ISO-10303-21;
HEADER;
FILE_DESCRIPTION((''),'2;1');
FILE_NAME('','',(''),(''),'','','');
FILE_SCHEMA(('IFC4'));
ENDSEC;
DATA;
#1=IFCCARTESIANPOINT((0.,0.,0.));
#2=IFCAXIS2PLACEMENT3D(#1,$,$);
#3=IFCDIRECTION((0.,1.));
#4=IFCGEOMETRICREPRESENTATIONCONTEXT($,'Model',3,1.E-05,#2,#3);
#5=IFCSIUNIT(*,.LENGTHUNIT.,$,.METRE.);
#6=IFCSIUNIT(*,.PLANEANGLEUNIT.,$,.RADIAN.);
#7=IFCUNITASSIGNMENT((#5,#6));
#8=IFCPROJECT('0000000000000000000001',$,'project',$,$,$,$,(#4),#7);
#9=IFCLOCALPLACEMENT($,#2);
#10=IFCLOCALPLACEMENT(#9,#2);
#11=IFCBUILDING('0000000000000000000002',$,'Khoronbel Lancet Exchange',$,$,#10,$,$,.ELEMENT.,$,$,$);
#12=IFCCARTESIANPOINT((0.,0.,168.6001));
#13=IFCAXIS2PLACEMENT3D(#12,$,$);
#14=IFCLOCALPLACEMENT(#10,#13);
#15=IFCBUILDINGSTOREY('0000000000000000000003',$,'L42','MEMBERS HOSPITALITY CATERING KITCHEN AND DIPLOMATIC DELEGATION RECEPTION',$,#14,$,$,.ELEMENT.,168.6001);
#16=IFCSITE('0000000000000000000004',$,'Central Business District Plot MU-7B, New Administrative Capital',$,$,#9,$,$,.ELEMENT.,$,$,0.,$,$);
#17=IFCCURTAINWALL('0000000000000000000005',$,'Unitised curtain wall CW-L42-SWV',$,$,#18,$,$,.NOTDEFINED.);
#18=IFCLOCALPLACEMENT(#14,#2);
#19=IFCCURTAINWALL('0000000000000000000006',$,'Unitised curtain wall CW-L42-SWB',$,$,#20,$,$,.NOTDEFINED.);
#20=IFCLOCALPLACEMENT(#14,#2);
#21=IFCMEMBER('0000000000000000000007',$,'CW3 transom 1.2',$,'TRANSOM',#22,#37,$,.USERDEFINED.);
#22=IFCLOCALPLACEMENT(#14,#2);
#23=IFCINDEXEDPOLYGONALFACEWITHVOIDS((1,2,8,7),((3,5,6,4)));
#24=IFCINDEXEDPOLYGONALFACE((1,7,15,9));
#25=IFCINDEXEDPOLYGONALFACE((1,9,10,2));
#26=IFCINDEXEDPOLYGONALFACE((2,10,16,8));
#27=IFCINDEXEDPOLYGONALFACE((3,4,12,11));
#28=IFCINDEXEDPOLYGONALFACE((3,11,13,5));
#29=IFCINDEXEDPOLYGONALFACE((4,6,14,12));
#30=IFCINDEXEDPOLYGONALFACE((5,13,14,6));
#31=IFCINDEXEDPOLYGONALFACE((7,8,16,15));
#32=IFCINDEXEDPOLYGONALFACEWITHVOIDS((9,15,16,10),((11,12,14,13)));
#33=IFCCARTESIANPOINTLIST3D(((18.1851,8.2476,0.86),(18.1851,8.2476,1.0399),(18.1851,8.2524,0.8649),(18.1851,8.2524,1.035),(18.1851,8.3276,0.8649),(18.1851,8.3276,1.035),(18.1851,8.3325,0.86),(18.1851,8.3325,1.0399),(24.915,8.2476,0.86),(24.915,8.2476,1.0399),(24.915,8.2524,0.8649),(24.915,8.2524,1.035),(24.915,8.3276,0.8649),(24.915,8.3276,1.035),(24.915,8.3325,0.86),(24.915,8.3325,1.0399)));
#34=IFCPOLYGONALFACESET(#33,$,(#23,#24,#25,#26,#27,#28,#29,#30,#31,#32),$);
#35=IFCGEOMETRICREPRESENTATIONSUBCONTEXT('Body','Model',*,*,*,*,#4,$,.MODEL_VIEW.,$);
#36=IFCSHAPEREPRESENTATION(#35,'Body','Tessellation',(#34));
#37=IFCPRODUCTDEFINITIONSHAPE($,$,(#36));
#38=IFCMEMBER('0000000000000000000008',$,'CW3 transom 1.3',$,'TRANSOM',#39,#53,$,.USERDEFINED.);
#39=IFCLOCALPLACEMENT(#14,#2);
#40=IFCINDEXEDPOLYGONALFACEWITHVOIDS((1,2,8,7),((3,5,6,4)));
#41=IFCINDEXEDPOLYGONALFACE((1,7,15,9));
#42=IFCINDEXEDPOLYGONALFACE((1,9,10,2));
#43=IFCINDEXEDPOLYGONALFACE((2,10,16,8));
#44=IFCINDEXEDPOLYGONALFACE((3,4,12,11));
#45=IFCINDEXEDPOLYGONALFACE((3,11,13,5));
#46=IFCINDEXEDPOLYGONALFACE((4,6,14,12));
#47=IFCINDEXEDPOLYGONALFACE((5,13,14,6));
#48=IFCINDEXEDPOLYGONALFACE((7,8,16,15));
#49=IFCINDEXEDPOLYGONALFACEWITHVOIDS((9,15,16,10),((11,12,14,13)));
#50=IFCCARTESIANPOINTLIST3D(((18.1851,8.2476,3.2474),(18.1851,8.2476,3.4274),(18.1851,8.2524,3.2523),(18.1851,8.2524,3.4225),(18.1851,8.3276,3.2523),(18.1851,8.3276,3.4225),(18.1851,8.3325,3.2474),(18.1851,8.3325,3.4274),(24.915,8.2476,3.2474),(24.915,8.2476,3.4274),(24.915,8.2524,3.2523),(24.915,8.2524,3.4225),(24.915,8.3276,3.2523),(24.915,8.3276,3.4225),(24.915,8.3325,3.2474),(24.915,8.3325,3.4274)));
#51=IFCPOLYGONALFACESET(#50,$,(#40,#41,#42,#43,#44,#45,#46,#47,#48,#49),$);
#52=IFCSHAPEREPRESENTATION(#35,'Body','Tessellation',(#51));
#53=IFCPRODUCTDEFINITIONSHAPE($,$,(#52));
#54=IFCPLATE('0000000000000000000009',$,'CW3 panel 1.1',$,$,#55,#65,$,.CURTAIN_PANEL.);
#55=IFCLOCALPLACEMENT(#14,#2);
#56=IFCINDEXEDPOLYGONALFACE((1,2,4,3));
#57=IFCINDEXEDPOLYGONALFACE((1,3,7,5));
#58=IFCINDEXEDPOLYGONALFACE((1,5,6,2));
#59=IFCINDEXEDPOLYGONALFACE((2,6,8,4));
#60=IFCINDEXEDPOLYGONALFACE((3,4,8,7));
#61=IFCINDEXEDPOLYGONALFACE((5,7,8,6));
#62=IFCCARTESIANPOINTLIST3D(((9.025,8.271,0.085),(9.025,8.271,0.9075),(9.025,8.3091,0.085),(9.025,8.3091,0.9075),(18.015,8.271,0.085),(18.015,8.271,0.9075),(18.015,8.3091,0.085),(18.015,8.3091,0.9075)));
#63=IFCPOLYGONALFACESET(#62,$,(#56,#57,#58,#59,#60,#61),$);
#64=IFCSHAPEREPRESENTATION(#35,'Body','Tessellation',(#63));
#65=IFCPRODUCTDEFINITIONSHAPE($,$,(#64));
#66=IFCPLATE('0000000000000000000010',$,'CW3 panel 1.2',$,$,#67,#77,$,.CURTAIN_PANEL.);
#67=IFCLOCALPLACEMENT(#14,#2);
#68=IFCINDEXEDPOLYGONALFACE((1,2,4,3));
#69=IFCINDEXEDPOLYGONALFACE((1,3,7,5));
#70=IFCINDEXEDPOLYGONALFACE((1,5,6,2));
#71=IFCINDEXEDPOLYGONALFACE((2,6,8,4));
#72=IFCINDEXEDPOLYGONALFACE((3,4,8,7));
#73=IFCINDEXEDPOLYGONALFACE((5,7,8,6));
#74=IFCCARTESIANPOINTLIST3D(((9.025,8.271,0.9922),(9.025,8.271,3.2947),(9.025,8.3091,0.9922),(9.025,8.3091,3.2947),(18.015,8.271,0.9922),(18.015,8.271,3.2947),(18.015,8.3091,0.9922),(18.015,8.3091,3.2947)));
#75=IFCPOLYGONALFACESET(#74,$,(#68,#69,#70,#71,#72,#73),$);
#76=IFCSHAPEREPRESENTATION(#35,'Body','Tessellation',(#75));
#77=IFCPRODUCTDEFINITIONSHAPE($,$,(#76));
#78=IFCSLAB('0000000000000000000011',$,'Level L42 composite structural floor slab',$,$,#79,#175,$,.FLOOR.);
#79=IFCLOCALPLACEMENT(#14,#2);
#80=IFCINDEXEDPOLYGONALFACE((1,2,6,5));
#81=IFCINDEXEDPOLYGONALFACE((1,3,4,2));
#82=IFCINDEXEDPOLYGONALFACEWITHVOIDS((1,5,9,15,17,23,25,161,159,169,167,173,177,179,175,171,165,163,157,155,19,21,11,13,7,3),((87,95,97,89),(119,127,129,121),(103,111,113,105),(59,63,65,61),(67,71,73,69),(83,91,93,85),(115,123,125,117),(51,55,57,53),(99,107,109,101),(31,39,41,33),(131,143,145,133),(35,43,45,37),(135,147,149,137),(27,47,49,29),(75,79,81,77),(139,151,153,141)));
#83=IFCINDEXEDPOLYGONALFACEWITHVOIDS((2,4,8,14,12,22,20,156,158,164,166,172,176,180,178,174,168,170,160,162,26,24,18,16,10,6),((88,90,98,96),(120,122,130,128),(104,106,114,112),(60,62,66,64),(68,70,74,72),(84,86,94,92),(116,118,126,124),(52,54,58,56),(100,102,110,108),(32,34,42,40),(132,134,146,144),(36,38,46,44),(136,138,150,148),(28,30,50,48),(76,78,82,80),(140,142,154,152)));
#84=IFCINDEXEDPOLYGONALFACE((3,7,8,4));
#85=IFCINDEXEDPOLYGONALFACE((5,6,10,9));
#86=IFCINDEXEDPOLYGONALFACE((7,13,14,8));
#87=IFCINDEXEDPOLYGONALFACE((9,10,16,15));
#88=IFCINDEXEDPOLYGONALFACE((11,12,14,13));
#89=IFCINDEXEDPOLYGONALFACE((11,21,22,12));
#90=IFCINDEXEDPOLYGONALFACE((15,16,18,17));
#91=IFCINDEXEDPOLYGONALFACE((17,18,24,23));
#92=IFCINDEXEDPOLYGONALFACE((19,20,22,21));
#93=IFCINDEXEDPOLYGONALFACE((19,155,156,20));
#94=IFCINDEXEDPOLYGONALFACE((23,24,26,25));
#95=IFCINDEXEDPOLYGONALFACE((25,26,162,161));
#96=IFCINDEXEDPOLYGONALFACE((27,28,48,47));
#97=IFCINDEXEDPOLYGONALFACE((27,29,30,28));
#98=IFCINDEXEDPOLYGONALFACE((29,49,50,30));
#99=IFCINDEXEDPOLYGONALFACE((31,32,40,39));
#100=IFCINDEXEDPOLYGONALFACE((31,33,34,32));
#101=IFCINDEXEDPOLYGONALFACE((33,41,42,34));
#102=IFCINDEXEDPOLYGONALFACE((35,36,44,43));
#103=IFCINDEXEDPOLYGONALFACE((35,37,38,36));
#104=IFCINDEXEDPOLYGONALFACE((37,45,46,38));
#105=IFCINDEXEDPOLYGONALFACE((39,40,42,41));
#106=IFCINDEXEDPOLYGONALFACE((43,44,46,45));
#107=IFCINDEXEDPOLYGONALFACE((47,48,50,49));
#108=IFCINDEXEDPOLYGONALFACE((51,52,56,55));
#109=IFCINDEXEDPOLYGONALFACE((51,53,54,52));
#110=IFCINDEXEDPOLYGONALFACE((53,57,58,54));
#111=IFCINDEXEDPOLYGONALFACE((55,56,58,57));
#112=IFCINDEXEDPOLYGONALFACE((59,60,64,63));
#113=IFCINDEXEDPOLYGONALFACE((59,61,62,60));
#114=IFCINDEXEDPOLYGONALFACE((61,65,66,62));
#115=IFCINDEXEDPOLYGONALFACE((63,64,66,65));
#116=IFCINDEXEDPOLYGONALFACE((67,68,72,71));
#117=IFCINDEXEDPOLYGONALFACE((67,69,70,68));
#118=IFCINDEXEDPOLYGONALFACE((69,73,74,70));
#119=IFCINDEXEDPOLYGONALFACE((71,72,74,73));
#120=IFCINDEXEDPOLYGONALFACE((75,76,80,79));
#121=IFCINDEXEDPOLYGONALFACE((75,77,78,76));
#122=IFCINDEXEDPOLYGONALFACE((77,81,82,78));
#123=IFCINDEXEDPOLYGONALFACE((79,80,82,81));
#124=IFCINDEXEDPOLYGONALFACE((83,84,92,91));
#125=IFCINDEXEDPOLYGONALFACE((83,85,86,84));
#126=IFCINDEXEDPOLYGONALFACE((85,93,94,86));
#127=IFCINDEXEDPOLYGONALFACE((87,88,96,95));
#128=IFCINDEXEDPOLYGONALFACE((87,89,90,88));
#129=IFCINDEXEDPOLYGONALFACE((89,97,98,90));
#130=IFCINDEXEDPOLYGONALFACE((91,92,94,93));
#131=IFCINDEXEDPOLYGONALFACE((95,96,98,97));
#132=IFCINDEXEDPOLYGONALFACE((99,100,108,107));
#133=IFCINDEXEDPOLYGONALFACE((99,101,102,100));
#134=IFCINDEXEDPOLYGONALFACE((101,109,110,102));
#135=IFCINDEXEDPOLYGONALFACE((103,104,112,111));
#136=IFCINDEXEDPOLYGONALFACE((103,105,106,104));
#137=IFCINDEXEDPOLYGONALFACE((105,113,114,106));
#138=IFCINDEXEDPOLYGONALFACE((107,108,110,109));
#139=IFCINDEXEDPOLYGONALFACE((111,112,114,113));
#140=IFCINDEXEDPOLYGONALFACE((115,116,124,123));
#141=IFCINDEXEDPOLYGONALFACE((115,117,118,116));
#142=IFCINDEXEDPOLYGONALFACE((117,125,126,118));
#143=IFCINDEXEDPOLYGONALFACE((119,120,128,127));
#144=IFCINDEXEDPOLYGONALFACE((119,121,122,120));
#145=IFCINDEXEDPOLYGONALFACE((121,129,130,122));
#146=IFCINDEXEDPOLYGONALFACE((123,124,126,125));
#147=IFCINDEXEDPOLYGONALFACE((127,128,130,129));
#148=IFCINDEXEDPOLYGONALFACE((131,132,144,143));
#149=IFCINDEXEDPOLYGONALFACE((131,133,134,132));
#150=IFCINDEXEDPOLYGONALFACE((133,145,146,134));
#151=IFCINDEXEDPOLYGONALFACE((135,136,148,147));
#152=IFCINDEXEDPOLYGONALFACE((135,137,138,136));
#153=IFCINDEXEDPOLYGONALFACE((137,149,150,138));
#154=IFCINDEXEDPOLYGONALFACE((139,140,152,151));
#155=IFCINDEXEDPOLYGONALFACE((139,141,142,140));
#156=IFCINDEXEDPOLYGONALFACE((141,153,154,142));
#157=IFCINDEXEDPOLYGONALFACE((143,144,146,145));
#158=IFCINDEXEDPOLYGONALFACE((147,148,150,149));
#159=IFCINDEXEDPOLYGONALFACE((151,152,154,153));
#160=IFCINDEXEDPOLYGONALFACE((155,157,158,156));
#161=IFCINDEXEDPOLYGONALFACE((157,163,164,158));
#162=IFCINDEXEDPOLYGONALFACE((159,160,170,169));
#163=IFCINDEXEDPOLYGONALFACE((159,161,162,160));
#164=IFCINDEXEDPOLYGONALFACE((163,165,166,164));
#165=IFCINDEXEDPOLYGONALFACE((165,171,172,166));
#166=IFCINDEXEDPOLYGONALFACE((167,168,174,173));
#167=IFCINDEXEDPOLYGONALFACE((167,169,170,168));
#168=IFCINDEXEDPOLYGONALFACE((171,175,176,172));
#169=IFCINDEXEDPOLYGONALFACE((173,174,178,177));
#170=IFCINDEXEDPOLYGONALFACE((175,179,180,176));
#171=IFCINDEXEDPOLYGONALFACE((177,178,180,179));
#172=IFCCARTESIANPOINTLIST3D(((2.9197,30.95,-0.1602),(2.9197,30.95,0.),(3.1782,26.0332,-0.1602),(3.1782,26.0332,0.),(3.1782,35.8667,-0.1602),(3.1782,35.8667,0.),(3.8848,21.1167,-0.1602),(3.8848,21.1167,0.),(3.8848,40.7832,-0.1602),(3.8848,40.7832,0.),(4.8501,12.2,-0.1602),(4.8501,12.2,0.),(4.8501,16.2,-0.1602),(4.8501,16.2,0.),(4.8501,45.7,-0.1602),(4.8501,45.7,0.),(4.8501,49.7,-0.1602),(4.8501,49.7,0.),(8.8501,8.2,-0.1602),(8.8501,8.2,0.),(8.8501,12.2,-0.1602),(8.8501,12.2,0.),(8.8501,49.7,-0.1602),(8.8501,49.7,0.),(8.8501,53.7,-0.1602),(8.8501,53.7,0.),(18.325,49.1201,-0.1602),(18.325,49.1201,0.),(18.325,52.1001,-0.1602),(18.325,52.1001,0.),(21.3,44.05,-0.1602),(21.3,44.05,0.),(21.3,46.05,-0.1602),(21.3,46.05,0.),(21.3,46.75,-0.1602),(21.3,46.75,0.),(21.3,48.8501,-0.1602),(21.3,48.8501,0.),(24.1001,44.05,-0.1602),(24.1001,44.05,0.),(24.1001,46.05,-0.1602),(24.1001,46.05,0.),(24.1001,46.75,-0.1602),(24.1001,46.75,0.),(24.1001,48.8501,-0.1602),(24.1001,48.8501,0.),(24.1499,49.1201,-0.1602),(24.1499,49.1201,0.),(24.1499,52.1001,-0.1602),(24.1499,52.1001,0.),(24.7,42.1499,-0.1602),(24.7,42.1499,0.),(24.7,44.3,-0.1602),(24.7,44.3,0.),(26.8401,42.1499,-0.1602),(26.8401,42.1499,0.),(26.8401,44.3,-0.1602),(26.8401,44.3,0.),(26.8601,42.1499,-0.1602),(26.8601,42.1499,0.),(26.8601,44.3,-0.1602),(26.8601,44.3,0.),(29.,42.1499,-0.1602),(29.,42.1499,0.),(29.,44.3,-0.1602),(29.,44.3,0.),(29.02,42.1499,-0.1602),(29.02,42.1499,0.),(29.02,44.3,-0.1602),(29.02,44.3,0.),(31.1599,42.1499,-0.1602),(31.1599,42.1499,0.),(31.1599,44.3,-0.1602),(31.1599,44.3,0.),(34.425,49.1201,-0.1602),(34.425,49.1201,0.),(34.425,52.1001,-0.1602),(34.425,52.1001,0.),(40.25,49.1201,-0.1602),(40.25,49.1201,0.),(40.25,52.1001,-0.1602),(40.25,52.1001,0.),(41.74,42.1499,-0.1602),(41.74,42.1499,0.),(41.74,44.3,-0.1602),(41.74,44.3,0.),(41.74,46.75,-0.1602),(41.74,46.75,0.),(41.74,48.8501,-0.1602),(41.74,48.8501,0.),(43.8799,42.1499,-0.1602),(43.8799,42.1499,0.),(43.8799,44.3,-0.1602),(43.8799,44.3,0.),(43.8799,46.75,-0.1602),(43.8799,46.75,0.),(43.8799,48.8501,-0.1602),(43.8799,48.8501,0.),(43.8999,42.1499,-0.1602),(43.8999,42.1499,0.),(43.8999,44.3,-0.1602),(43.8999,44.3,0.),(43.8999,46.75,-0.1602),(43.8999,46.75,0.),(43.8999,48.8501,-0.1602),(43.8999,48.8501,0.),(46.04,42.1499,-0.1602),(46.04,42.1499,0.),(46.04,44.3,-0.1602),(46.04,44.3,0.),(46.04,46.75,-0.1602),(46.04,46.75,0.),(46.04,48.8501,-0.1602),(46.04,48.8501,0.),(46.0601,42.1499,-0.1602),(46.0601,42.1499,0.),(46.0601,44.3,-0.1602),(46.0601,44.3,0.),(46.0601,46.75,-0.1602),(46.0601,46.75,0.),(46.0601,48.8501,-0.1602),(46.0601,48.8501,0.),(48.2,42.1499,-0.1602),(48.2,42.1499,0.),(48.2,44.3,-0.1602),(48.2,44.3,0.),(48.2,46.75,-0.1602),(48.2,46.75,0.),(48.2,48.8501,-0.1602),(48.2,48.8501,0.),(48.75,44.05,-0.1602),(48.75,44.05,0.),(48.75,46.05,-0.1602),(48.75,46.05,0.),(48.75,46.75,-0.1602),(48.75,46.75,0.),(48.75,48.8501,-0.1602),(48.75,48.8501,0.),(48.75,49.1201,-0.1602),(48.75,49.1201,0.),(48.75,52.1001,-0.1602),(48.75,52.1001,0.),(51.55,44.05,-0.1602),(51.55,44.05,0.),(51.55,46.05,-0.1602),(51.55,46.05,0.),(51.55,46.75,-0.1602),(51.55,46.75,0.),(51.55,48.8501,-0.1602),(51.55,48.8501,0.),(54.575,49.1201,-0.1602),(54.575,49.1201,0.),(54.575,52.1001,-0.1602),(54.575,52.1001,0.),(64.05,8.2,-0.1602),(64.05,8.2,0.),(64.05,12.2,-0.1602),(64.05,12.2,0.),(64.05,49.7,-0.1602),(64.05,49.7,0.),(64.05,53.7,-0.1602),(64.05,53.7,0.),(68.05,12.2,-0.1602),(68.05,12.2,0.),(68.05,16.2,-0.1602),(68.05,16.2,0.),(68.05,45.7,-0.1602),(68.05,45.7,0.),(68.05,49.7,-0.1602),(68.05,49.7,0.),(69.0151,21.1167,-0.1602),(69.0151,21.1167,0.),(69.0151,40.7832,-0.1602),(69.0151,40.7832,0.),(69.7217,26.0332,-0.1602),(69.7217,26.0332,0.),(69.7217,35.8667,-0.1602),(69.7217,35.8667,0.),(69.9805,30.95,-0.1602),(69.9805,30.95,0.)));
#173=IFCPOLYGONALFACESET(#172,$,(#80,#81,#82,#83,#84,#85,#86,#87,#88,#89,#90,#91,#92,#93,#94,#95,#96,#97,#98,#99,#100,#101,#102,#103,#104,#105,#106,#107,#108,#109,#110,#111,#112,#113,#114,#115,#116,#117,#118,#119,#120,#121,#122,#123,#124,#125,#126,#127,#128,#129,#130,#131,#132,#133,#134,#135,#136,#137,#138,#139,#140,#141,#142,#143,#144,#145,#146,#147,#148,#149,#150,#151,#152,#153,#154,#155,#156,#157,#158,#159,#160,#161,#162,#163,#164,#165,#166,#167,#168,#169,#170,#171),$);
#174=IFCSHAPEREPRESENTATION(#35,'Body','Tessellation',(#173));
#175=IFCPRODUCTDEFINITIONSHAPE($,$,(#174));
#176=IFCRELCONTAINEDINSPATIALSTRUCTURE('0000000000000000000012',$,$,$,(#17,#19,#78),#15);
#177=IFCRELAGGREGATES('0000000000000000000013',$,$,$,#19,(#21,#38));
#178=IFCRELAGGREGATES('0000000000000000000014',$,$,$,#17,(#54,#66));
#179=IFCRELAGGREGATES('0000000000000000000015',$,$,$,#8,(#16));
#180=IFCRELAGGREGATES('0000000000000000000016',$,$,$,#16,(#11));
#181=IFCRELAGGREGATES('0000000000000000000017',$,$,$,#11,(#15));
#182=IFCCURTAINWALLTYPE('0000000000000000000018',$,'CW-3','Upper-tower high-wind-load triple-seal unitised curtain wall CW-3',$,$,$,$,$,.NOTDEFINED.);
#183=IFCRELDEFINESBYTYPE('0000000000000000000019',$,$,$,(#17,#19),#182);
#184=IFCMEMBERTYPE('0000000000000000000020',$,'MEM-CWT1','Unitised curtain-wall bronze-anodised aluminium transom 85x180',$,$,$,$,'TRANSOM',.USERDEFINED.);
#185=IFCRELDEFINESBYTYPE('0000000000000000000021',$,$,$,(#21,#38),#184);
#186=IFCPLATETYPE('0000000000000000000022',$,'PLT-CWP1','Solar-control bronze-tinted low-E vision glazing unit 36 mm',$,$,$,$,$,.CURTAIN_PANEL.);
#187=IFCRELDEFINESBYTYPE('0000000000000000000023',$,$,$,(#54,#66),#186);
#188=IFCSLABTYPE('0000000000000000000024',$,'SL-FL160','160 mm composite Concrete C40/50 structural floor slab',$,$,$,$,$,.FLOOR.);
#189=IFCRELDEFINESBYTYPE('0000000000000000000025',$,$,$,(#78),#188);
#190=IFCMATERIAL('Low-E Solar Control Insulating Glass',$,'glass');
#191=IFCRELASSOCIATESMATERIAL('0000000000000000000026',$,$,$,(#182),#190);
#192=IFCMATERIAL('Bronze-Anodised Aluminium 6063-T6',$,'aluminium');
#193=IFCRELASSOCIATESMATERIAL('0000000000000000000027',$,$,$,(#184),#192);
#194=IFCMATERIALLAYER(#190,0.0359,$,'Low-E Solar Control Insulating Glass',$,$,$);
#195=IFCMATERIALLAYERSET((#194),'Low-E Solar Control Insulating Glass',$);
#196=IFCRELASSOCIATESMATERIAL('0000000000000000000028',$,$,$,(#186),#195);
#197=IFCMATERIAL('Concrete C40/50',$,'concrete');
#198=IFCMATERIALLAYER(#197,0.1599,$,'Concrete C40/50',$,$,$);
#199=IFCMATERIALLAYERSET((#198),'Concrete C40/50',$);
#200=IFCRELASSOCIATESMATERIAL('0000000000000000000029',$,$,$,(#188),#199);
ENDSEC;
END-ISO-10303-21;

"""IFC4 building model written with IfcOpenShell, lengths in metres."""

from ifc_helpers import new_model, si_unit, direction, frame, origin, origin_2d, place, context, subcontext, project, spatial, polyline, rectangle, hollow_rectangle, outline, extrude, material, layer, layer_set, material_profile, profile_set, type_object, element, aggregate, save


model = new_model("IFC4")

# Units and contexts
model_context = context("Model", 3, precision=1e-05, world=origin(), true_north=direction((0.0, 1.0)))
body_context = subcontext(model_context, "Body", "Model", "MODEL_VIEW")
ifc_project = project(units=[si_unit("LENGTHUNIT", "METRE"), si_unit("PLANEANGLEUNIT", "RADIAN")], contexts=[model_context])

# Site, building, storey
site_placement = place(None, origin())
site = spatial("IfcSite", under=ifc_project, at=site_placement, Name="Central Business District Plot MU-7B, New Administrative Capital", CompositionType="ELEMENT", RefElevation=0.0)
building_placement = place(site_placement, origin())
building = spatial("IfcBuilding", under=site, at=building_placement, Name="Khoronbel Lancet Exchange", CompositionType="ELEMENT")
storey_placement = place(building_placement, frame((0.0, 0.0, 168.6001)))
storey = spatial("IfcBuildingStorey", under=building, at=storey_placement, Name="L42", Description="MEMBERS HOSPITALITY CATERING KITCHEN AND DIPLOMATIC DELEGATION RECEPTION", CompositionType="ELEMENT", Elevation=168.6001)

# Curtain wall
ifc_material_1 = material(Name="Low-E Solar Control Insulating Glass", Category="glass")
curtain_wall_type = type_object("IfcCurtainWallType", Name="CW-3", Description="Upper-tower high-wind-load triple-seal unitised curtain wall CW-3", PredefinedType="NOTDEFINED", material=ifc_material_1)
curtain_wall_1_placement = place(storey_placement, origin())
curtain_wall_1 = element("IfcCurtainWall", 1, at=curtain_wall_1_placement, inside=storey, type_object=curtain_wall_type, Name="Unitised curtain wall CW-L42-SWV", PredefinedType="NOTDEFINED")
ifc_material_2 = material(Name="Bronze-Anodised Aluminium 6063-T6", Category="aluminium")

# Curtain wall
curtain_wall_2_placement = place(storey_placement, origin())
curtain_wall_2 = element("IfcCurtainWall", 2, at=curtain_wall_2_placement, inside=storey, type_object=curtain_wall_type, Name="Unitised curtain wall CW-L42-SWB", PredefinedType="NOTDEFINED")

# Members
ifc_material_profile_1 = material_profile(ifc_material_2, hollow_rectangle(XDim=0.085, YDim=0.1799, WallThickness=0.0049, at=origin_2d()), Name="ALU TRANSOM 85x180")
ifc_profile_set_1 = profile_set([ifc_material_profile_1], Name="Bronze-Anodised Aluminium 6063-T6")
member_type_1 = type_object("IfcMemberType", Name="MEM-CWT1", Description="Unitised curtain-wall bronze-anodised aluminium transom 85x180", ElementType="TRANSOM", PredefinedType="USERDEFINED", material=ifc_profile_set_1)
member_1_placement = place(storey_placement, frame((18.1851, 8.29, 0.95), z_axis=(1.0, 0.0, 0.0), x_axis=(0.0, 1.0, 0.0)))
member_1 = element("IfcMember", 3, at=member_1_placement, type_object=member_type_1, Name="CW3 transom 1.2", ObjectType="TRANSOM", PredefinedType="USERDEFINED", context=body_context, shape_type="SweptSolid", body=[
    extrude(hollow_rectangle(XDim=0.085, YDim=0.1799, WallThickness=0.0049, at=origin_2d()), origin(), (0.0, 0.0, 1.0), 6.73),
])
member_2_placement = place(storey_placement, frame((18.1851, 8.29, 3.3374), z_axis=(1.0, 0.0, 0.0), x_axis=(0.0, 1.0, 0.0)))
member_2 = element("IfcMember", 4, at=member_2_placement, type_object=member_type_1, Name="CW3 transom 1.3", ObjectType="TRANSOM", PredefinedType="USERDEFINED", context=body_context, shape_type="SweptSolid", body=[
    extrude(hollow_rectangle(XDim=0.085, YDim=0.1799, WallThickness=0.0049, at=origin_2d()), origin(), (0.0, 0.0, 1.0), 6.73),
])
aggregate(curtain_wall_2, [member_1, member_2])

# Plates
ifc_layer_1 = layer(ifc_material_1, 0.0359, Name="Low-E Solar Control Insulating Glass")
ifc_layer_set_1 = layer_set([ifc_layer_1], Name="Low-E Solar Control Insulating Glass")
plate_type = type_object("IfcPlateType", Name="PLT-CWP1", Description="Solar-control bronze-tinted low-E vision glazing unit 36 mm", PredefinedType="CURTAIN_PANEL", material=ifc_layer_set_1)
plate_1_placement = place(storey_placement, frame((13.52, 8.29, 0.085), z_axis=(0.0, 0.0, 1.0), x_axis=(1.0, 0.0, 0.0)))
plate_1 = element("IfcPlate", 5, at=plate_1_placement, type_object=plate_type, Name="CW3 panel 1.1", PredefinedType="CURTAIN_PANEL", context=body_context, shape_type="SweptSolid", body=[
    extrude(rectangle(XDim=8.99, YDim=0.0381, at=origin_2d()), origin(), (0.0, 0.0, 1.0), 0.8225),
])
plate_2_placement = place(storey_placement, frame((13.52, 8.29, 0.9922), z_axis=(0.0, 0.0, 1.0), x_axis=(1.0, 0.0, 0.0)))
plate_2 = element("IfcPlate", 6, at=plate_2_placement, type_object=plate_type, Name="CW3 panel 1.2", PredefinedType="CURTAIN_PANEL", context=body_context, shape_type="SweptSolid", body=[
    extrude(rectangle(XDim=8.99, YDim=0.0381, at=origin_2d()), origin(), (0.0, 0.0, 1.0), 2.3025),
])
aggregate(curtain_wall_1, [plate_1, plate_2])

# Slab
ifc_material_3 = material(Name="Concrete C40/50", Category="concrete")
ifc_layer_2 = layer(ifc_material_3, 0.1599, Name="Concrete C40/50")
ifc_layer_set_2 = layer_set([ifc_layer_2], Name="Concrete C40/50")
slab_type_1 = type_object("IfcSlabType", Name="SL-FL160", Description="160 mm composite Concrete C40/50 structural floor slab", PredefinedType="FLOOR", material=ifc_layer_set_2)
slab_1_placement = place(storey_placement, frame((0.0, 0.0, -0.1602)))
element("IfcSlab", 7, at=slab_1_placement, inside=storey, type_object=slab_type_1, Name="Level L42 composite structural floor slab", PredefinedType="FLOOR", context=body_context, shape_type="SweptSolid", body=[
    extrude(outline(polyline([(8.8501, 8.2), (64.05, 8.2), (64.05, 12.2), (68.05, 12.2), (68.05, 16.2), (69.0151, 21.1167), (69.7217, 26.0332), (69.9805, 30.95), (69.7217, 35.8667), (69.0151, 40.7832), (68.05, 45.7), (68.05, 49.7), (64.05, 49.7), (64.05, 53.7), (8.8501, 53.7), (8.8501, 49.7), (4.8501, 49.7), (4.8501, 45.7), (3.8848, 40.7832), (3.1782, 35.8667), (2.9197, 30.95), (3.1782, 26.0332), (3.8848, 21.1167), (4.8501, 16.2), (4.8501, 12.2), (8.8501, 12.2), (8.8501, 8.2)]), holes=[polyline([(18.325, 49.1201), (24.1499, 49.1201), (24.1499, 52.1001), (18.325, 52.1001), (18.325, 49.1201)]), polyline([(48.75, 49.1201), (54.575, 49.1201), (54.575, 52.1001), (48.75, 52.1001), (48.75, 49.1201)]), polyline([(34.425, 49.1201), (40.25, 49.1201), (40.25, 52.1001), (34.425, 52.1001), (34.425, 49.1201)]), polyline([(24.7, 42.1499), (26.8401, 42.1499), (26.8401, 44.3), (24.7, 44.3), (24.7, 42.1499)]), polyline([(26.8601, 42.1499), (29.0, 42.1499), (29.0, 44.3), (26.8601, 44.3), (26.8601, 42.1499)]), polyline([(29.02, 42.1499), (31.1599, 42.1499), (31.1599, 44.3), (29.02, 44.3), (29.02, 42.1499)]), polyline([(41.74, 46.75), (43.8799, 46.75), (43.8799, 48.8501), (41.74, 48.8501), (41.74, 46.75)]), polyline([(43.8999, 46.75), (46.04, 46.75), (46.04, 48.8501), (43.8999, 48.8501), (43.8999, 46.75)]), polyline([(46.0601, 46.75), (48.2, 46.75), (48.2, 48.8501), (46.0601, 48.8501), (46.0601, 46.75)]), polyline([(41.74, 42.1499), (43.8799, 42.1499), (43.8799, 44.3), (41.74, 44.3), (41.74, 42.1499)]), polyline([(43.8999, 42.1499), (46.04, 42.1499), (46.04, 44.3), (43.8999, 44.3), (43.8999, 42.1499)]), polyline([(46.0601, 42.1499), (48.2, 42.1499), (48.2, 44.3), (46.0601, 44.3), (46.0601, 42.1499)]), polyline([(21.3, 46.75), (24.1001, 46.75), (24.1001, 48.8501), (21.3, 48.8501), (21.3, 46.75)]), polyline([(48.75, 46.75), (51.55, 46.75), (51.55, 48.8501), (48.75, 48.8501), (48.75, 46.75)]), polyline([(21.3, 44.05), (24.1001, 44.05), (24.1001, 46.05), (21.3, 46.05), (21.3, 44.05)]), polyline([(48.75, 44.05), (51.55, 44.05), (51.55, 46.05), (48.75, 46.05), (48.75, 44.05)])]), origin(), (0.0, 0.0, 1.0), 0.1602),
])

save(model, "model.ifc")
